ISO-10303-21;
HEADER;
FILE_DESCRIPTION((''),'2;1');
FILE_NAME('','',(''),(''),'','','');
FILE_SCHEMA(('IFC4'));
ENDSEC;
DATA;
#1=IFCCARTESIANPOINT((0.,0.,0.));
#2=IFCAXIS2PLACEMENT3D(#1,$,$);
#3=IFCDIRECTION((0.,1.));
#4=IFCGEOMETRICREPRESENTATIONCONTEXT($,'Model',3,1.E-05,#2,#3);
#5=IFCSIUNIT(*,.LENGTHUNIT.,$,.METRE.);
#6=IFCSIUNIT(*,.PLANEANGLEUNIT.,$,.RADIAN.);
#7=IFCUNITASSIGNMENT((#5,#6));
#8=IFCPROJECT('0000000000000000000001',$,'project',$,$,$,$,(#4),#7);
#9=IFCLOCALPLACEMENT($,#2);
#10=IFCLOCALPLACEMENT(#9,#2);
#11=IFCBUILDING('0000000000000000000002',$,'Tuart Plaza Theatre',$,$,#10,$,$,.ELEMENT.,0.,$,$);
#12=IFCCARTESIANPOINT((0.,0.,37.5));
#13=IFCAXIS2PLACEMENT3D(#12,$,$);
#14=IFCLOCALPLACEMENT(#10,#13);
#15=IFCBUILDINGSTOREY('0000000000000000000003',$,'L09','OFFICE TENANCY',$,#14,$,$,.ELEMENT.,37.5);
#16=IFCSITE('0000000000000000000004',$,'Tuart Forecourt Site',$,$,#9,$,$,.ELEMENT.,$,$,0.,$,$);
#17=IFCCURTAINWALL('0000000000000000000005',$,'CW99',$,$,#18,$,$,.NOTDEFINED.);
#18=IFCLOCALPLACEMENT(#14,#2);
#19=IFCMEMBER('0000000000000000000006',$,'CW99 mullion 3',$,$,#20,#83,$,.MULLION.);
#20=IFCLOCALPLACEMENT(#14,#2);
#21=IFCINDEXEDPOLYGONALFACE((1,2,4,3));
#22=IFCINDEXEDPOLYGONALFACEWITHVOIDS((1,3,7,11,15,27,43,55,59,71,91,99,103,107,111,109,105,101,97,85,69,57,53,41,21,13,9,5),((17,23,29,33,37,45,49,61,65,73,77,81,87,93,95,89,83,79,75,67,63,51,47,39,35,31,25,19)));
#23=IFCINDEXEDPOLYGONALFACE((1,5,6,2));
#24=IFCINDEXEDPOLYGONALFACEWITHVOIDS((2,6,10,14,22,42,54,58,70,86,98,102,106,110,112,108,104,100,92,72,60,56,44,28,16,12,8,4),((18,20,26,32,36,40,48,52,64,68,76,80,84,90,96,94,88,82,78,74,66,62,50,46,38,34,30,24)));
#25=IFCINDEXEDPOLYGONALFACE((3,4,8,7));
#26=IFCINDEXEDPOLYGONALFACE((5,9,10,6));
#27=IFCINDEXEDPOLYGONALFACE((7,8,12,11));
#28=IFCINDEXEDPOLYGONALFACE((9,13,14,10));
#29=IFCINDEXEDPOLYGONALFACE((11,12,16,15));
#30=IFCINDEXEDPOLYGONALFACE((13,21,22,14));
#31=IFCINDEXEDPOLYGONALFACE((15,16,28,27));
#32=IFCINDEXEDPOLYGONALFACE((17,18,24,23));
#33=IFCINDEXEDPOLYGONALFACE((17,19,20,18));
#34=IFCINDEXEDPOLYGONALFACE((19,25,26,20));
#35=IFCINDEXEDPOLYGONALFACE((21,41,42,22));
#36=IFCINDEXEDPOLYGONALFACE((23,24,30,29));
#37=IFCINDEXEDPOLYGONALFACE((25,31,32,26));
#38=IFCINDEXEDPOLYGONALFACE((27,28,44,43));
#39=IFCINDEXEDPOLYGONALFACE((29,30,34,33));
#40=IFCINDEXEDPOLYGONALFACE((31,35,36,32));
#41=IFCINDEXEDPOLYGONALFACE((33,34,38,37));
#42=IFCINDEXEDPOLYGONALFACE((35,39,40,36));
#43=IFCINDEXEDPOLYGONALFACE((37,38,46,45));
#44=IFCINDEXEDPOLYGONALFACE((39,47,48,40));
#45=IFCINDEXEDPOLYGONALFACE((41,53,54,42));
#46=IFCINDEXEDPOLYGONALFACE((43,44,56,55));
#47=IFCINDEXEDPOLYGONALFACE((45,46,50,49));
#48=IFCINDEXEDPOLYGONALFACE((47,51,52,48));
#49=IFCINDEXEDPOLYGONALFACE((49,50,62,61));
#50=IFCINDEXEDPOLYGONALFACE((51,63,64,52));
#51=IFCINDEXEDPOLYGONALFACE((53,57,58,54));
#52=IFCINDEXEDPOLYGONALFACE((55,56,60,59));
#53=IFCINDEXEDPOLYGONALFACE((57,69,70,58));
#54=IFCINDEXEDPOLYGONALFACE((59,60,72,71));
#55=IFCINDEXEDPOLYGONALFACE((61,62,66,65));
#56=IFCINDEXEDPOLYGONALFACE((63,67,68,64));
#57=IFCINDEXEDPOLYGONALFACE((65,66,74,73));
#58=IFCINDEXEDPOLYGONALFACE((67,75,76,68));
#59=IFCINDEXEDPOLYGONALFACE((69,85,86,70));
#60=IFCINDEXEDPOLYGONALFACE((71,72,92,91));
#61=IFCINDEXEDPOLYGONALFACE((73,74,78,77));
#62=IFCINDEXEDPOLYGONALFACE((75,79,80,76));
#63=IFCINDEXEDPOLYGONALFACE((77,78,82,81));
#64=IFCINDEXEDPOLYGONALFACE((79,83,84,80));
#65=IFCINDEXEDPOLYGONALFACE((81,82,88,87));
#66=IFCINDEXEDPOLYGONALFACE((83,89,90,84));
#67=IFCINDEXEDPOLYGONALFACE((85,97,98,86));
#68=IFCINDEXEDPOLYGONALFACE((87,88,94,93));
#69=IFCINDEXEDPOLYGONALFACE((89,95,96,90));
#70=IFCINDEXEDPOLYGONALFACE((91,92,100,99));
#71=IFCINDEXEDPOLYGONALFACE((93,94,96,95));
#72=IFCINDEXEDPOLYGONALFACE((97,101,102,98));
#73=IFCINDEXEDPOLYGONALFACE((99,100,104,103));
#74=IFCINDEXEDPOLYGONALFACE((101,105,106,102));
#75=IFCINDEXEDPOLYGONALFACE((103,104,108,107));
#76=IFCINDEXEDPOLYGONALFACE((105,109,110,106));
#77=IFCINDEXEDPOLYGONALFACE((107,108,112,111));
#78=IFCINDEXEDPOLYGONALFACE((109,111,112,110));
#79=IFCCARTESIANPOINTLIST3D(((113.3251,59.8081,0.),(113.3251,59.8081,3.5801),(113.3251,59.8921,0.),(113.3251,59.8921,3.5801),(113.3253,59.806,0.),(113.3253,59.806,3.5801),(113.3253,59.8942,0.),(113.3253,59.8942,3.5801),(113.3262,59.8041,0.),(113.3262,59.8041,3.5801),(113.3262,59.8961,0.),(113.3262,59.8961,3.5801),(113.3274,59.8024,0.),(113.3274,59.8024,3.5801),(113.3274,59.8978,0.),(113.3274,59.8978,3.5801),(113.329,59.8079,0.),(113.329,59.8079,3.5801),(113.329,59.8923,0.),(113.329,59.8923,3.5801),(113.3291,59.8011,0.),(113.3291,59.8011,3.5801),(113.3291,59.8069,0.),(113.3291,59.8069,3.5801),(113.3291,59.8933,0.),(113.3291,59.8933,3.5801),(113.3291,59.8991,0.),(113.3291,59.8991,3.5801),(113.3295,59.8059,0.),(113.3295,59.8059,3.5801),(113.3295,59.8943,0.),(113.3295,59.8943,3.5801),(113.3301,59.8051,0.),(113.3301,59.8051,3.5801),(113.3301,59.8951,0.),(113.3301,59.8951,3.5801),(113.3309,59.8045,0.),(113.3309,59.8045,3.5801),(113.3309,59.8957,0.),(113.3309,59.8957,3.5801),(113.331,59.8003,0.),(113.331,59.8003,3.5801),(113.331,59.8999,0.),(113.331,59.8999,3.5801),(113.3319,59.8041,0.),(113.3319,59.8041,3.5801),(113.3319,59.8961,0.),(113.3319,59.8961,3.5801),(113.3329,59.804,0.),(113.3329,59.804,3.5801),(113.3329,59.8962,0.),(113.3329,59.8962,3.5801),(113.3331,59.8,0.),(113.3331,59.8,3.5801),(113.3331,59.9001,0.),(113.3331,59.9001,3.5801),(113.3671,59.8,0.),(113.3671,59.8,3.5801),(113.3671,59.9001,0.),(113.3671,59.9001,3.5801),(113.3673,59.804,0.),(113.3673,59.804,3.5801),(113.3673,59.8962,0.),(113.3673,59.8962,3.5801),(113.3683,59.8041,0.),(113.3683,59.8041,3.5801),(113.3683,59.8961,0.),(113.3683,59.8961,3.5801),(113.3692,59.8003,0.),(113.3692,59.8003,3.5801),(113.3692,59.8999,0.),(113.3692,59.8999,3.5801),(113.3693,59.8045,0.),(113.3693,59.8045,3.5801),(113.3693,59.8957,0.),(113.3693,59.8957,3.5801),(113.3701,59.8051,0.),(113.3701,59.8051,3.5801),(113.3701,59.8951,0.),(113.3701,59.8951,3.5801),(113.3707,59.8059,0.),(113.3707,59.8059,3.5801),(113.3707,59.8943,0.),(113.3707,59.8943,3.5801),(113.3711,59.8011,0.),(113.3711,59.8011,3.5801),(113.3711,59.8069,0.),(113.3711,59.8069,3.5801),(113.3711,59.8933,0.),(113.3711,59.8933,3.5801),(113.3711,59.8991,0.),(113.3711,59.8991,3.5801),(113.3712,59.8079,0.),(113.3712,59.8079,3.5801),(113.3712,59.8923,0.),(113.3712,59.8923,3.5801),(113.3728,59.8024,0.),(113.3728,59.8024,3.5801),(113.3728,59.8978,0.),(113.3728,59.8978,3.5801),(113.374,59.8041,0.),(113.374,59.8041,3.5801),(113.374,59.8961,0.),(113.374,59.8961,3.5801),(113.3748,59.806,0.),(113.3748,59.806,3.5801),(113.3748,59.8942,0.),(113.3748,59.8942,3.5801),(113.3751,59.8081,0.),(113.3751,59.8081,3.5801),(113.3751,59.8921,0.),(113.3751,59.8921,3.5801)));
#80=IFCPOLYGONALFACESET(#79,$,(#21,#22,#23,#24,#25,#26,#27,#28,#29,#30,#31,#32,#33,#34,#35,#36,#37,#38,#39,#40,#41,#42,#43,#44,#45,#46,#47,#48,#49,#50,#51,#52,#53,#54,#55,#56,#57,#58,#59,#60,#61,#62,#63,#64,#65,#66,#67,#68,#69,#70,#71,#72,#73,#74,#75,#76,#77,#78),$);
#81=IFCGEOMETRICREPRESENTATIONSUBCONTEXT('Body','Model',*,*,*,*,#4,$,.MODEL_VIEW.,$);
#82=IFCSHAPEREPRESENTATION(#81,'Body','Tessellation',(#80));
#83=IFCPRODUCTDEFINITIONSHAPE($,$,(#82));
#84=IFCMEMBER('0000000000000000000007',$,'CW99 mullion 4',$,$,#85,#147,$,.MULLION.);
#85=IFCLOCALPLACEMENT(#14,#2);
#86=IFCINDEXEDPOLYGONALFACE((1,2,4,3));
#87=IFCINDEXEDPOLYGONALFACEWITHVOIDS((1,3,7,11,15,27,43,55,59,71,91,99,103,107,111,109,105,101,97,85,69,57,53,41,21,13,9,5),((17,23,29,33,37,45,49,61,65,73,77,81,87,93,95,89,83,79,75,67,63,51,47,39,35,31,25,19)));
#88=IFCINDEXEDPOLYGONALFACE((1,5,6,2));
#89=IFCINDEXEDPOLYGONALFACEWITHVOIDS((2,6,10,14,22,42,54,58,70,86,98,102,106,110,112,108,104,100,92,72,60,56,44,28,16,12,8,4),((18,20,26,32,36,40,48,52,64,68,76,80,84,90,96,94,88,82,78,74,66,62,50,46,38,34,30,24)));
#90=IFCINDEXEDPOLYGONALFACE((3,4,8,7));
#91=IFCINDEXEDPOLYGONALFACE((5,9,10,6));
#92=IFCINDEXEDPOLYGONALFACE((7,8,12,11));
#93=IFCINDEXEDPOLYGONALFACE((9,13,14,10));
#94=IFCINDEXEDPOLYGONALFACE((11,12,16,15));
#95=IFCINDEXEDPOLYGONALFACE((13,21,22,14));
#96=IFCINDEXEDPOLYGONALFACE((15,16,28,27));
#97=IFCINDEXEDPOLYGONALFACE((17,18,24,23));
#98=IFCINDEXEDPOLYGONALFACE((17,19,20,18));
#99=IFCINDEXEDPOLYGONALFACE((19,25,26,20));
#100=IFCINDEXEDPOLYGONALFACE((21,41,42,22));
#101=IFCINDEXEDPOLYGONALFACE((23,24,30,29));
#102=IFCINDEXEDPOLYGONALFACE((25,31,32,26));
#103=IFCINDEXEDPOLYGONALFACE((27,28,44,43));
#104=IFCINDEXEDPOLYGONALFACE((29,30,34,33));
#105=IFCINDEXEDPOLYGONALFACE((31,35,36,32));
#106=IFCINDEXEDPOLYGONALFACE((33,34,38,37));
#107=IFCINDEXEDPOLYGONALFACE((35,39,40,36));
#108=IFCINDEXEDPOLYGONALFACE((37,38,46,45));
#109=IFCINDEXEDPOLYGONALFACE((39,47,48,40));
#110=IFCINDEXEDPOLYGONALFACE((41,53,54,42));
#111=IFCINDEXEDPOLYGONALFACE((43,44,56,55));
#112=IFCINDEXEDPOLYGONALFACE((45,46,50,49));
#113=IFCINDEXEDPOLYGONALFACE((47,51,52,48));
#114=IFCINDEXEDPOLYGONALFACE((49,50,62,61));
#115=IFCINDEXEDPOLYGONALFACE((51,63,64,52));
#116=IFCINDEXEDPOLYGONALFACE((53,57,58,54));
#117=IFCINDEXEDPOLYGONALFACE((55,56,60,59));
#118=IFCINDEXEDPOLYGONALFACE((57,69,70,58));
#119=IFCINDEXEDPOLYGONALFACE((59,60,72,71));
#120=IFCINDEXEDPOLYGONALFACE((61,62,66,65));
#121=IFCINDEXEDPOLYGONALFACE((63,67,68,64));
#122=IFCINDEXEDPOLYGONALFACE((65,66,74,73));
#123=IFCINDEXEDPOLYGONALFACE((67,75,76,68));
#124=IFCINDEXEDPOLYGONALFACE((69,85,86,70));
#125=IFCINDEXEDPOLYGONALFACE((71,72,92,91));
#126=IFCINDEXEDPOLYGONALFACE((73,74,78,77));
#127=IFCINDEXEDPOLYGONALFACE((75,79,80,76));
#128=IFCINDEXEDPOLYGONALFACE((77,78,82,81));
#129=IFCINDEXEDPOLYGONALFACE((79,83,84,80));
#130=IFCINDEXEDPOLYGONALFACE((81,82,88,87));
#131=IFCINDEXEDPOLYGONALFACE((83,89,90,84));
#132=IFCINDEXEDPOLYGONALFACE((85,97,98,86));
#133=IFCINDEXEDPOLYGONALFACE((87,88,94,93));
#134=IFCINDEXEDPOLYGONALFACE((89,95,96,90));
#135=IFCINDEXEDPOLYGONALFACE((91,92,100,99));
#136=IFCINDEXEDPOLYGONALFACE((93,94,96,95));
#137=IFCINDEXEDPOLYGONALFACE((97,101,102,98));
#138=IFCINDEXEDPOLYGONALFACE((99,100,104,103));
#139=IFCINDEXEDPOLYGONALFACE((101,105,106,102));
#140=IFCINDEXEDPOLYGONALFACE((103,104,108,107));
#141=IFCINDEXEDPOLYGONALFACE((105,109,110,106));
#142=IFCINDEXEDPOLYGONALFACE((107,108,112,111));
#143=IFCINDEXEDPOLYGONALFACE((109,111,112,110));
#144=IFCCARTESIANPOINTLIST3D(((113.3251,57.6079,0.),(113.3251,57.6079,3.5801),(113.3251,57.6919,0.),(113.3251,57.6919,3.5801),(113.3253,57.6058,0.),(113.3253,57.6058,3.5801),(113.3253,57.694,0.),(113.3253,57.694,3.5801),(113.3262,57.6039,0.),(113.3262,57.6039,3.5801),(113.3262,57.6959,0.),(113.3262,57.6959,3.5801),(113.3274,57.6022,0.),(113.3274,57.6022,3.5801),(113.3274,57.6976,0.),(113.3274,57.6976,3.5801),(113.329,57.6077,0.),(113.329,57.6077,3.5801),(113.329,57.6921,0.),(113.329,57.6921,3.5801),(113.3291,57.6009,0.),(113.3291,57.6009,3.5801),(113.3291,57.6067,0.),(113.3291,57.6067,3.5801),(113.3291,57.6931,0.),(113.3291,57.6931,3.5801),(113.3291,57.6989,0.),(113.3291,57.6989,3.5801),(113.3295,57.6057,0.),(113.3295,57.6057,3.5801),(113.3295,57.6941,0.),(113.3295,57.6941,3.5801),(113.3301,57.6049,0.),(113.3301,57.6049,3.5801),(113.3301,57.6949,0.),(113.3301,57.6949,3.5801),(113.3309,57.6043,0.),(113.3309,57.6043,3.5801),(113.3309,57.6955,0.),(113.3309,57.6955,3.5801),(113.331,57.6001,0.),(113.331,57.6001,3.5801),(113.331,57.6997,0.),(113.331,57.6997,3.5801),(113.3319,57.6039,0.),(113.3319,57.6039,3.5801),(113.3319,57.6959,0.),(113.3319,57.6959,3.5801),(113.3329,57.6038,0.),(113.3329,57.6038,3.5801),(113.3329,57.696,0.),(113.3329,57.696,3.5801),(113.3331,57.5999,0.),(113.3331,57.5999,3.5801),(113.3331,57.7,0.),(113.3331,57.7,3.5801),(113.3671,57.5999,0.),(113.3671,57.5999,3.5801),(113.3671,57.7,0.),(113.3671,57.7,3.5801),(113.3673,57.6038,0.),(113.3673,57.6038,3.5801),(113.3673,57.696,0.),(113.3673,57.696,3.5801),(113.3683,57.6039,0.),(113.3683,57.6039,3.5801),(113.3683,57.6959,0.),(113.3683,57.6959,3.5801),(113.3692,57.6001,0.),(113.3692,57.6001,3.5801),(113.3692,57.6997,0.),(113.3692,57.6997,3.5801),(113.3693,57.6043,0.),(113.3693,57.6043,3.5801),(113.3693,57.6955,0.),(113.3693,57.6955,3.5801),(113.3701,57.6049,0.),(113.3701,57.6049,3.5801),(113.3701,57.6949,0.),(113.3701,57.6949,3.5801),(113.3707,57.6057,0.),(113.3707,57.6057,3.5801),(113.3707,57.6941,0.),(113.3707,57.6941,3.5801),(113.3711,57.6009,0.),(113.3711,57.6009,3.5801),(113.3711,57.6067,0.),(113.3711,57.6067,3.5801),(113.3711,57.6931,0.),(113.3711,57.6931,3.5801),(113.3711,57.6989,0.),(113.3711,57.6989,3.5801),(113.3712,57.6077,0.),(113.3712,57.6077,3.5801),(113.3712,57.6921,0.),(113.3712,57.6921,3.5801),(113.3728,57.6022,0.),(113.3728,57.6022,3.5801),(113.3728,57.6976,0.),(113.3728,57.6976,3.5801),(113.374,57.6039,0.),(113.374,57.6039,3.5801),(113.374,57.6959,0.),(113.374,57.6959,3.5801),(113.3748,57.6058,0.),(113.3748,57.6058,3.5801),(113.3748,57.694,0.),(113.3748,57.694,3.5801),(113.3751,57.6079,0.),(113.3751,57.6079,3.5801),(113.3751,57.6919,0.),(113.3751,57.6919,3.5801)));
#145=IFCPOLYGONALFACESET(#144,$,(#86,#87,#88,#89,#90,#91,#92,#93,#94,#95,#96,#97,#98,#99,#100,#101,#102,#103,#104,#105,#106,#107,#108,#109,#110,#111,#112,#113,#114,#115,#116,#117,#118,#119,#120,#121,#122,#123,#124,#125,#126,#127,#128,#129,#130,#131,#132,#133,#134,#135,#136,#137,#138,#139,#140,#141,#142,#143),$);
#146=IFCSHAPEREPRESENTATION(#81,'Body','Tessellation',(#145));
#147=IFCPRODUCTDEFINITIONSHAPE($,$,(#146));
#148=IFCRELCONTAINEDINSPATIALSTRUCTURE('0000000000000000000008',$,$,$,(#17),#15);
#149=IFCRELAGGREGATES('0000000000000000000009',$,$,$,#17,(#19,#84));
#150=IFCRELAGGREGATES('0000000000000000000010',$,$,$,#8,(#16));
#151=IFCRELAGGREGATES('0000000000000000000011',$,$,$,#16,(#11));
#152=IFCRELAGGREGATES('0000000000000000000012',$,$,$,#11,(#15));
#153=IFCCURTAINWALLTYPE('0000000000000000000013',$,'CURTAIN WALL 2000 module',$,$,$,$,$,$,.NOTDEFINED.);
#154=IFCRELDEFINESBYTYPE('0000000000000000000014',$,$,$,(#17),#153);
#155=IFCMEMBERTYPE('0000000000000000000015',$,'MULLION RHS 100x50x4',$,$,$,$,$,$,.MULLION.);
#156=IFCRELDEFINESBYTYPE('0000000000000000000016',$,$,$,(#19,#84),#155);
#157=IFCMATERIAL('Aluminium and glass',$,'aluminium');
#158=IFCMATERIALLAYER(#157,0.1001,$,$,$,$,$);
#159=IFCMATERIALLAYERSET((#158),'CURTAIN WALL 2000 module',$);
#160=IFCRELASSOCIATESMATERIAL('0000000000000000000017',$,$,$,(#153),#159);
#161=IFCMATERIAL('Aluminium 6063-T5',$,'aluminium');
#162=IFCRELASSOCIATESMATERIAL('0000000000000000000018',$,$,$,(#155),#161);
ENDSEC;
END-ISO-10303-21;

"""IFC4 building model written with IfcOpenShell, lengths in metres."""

from ifc_helpers import new_model, si_unit, direction, frame, origin, origin_2d, place, context, subcontext, project, spatial, hollow_rectangle, extrude, material, layer, layer_set, material_profile, profile_set, type_object, element, aggregate, save


model = new_model("IFC4")

# Units and contexts
model_context = context("Model", 3, precision=1e-05, world=origin(), true_north=direction((0.0, 1.0)))
body_context = subcontext(model_context, "Body", "Model", "MODEL_VIEW")
ifc_project = project(units=[si_unit("LENGTHUNIT", "METRE"), si_unit("PLANEANGLEUNIT", "RADIAN")], contexts=[model_context])

# Site, building, storey
site_placement = place(None, origin())
site = spatial("IfcSite", under=ifc_project, at=site_placement, Name="Tuart Forecourt Site", CompositionType="ELEMENT", RefElevation=0.0)
building_placement = place(site_placement, origin())
building = spatial("IfcBuilding", under=site, at=building_placement, Name="Tuart Plaza Theatre", CompositionType="ELEMENT", ElevationOfRefHeight=0.0)
storey_placement = place(building_placement, frame((0.0, 0.0, 37.5)))
storey = spatial("IfcBuildingStorey", under=building, at=storey_placement, Name="L09", Description="OFFICE TENANCY", CompositionType="ELEMENT", Elevation=37.5)

# Shared definitions
ifc_material_1 = material(Name="Aluminium and glass", Category="aluminium")
ifc_layer_1 = layer(ifc_material_1, 0.1001)
ifc_layer_set_1 = layer_set([ifc_layer_1], Name="CURTAIN WALL 2000 module")
curtain_wall_type = type_object("IfcCurtainWallType", Name="CURTAIN WALL 2000 module", PredefinedType="NOTDEFINED", material=ifc_layer_set_1)
ifc_material_2 = material(Name="Aluminium 6063-T5", Category="aluminium")
ifc_material_profile_1 = material_profile(ifc_material_2, hollow_rectangle(XDim=0.05, YDim=0.1001, WallThickness=0.0039, InnerFilletRadius=0.0039, OuterFilletRadius=0.0081, at=origin_2d()), Name="RHS 100x50x4")
ifc_profile_set_1 = profile_set([ifc_material_profile_1], Name="Aluminium 6063-T5")
member_type_1 = type_object("IfcMemberType", Name="MULLION RHS 100x50x4", PredefinedType="MULLION", material=ifc_profile_set_1)

# Curtain wall, members
curtain_wall_1_placement = place(storey_placement, origin())
curtain_wall_1 = element("IfcCurtainWall", 1, at=curtain_wall_1_placement, inside=storey, type_object=curtain_wall_type, Name="CW99", PredefinedType="NOTDEFINED")
member_1_placement = place(storey_placement, frame((113.3501, 59.8501, 0.0), z_axis=(0.0, 0.0, 1.0), x_axis=(1.0, 0.0, 0.0)))
member_1 = element("IfcMember", 2, at=member_1_placement, type_object=member_type_1, Name="CW99 mullion 3", PredefinedType="MULLION", context=body_context, shape_type="SweptSolid", body=[
    extrude(hollow_rectangle(XDim=0.05, YDim=0.1001, WallThickness=0.0039, InnerFilletRadius=0.0039, OuterFilletRadius=0.0081, at=origin_2d()), origin(), (0.0, 0.0, 1.0), 3.5801),
])
member_2_placement = place(storey_placement, frame((113.3501, 57.6499, 0.0), z_axis=(0.0, 0.0, 1.0), x_axis=(1.0, 0.0, 0.0)))
member_2 = element("IfcMember", 3, at=member_2_placement, type_object=member_type_1, Name="CW99 mullion 4", PredefinedType="MULLION", context=body_context, shape_type="SweptSolid", body=[
    extrude(hollow_rectangle(XDim=0.05, YDim=0.1001, WallThickness=0.0039, InnerFilletRadius=0.0039, OuterFilletRadius=0.0081, at=origin_2d()), origin(), (0.0, 0.0, 1.0), 3.5801),
])

aggregate(curtain_wall_1, [member_1, member_2])

save(model, "model.ifc")
